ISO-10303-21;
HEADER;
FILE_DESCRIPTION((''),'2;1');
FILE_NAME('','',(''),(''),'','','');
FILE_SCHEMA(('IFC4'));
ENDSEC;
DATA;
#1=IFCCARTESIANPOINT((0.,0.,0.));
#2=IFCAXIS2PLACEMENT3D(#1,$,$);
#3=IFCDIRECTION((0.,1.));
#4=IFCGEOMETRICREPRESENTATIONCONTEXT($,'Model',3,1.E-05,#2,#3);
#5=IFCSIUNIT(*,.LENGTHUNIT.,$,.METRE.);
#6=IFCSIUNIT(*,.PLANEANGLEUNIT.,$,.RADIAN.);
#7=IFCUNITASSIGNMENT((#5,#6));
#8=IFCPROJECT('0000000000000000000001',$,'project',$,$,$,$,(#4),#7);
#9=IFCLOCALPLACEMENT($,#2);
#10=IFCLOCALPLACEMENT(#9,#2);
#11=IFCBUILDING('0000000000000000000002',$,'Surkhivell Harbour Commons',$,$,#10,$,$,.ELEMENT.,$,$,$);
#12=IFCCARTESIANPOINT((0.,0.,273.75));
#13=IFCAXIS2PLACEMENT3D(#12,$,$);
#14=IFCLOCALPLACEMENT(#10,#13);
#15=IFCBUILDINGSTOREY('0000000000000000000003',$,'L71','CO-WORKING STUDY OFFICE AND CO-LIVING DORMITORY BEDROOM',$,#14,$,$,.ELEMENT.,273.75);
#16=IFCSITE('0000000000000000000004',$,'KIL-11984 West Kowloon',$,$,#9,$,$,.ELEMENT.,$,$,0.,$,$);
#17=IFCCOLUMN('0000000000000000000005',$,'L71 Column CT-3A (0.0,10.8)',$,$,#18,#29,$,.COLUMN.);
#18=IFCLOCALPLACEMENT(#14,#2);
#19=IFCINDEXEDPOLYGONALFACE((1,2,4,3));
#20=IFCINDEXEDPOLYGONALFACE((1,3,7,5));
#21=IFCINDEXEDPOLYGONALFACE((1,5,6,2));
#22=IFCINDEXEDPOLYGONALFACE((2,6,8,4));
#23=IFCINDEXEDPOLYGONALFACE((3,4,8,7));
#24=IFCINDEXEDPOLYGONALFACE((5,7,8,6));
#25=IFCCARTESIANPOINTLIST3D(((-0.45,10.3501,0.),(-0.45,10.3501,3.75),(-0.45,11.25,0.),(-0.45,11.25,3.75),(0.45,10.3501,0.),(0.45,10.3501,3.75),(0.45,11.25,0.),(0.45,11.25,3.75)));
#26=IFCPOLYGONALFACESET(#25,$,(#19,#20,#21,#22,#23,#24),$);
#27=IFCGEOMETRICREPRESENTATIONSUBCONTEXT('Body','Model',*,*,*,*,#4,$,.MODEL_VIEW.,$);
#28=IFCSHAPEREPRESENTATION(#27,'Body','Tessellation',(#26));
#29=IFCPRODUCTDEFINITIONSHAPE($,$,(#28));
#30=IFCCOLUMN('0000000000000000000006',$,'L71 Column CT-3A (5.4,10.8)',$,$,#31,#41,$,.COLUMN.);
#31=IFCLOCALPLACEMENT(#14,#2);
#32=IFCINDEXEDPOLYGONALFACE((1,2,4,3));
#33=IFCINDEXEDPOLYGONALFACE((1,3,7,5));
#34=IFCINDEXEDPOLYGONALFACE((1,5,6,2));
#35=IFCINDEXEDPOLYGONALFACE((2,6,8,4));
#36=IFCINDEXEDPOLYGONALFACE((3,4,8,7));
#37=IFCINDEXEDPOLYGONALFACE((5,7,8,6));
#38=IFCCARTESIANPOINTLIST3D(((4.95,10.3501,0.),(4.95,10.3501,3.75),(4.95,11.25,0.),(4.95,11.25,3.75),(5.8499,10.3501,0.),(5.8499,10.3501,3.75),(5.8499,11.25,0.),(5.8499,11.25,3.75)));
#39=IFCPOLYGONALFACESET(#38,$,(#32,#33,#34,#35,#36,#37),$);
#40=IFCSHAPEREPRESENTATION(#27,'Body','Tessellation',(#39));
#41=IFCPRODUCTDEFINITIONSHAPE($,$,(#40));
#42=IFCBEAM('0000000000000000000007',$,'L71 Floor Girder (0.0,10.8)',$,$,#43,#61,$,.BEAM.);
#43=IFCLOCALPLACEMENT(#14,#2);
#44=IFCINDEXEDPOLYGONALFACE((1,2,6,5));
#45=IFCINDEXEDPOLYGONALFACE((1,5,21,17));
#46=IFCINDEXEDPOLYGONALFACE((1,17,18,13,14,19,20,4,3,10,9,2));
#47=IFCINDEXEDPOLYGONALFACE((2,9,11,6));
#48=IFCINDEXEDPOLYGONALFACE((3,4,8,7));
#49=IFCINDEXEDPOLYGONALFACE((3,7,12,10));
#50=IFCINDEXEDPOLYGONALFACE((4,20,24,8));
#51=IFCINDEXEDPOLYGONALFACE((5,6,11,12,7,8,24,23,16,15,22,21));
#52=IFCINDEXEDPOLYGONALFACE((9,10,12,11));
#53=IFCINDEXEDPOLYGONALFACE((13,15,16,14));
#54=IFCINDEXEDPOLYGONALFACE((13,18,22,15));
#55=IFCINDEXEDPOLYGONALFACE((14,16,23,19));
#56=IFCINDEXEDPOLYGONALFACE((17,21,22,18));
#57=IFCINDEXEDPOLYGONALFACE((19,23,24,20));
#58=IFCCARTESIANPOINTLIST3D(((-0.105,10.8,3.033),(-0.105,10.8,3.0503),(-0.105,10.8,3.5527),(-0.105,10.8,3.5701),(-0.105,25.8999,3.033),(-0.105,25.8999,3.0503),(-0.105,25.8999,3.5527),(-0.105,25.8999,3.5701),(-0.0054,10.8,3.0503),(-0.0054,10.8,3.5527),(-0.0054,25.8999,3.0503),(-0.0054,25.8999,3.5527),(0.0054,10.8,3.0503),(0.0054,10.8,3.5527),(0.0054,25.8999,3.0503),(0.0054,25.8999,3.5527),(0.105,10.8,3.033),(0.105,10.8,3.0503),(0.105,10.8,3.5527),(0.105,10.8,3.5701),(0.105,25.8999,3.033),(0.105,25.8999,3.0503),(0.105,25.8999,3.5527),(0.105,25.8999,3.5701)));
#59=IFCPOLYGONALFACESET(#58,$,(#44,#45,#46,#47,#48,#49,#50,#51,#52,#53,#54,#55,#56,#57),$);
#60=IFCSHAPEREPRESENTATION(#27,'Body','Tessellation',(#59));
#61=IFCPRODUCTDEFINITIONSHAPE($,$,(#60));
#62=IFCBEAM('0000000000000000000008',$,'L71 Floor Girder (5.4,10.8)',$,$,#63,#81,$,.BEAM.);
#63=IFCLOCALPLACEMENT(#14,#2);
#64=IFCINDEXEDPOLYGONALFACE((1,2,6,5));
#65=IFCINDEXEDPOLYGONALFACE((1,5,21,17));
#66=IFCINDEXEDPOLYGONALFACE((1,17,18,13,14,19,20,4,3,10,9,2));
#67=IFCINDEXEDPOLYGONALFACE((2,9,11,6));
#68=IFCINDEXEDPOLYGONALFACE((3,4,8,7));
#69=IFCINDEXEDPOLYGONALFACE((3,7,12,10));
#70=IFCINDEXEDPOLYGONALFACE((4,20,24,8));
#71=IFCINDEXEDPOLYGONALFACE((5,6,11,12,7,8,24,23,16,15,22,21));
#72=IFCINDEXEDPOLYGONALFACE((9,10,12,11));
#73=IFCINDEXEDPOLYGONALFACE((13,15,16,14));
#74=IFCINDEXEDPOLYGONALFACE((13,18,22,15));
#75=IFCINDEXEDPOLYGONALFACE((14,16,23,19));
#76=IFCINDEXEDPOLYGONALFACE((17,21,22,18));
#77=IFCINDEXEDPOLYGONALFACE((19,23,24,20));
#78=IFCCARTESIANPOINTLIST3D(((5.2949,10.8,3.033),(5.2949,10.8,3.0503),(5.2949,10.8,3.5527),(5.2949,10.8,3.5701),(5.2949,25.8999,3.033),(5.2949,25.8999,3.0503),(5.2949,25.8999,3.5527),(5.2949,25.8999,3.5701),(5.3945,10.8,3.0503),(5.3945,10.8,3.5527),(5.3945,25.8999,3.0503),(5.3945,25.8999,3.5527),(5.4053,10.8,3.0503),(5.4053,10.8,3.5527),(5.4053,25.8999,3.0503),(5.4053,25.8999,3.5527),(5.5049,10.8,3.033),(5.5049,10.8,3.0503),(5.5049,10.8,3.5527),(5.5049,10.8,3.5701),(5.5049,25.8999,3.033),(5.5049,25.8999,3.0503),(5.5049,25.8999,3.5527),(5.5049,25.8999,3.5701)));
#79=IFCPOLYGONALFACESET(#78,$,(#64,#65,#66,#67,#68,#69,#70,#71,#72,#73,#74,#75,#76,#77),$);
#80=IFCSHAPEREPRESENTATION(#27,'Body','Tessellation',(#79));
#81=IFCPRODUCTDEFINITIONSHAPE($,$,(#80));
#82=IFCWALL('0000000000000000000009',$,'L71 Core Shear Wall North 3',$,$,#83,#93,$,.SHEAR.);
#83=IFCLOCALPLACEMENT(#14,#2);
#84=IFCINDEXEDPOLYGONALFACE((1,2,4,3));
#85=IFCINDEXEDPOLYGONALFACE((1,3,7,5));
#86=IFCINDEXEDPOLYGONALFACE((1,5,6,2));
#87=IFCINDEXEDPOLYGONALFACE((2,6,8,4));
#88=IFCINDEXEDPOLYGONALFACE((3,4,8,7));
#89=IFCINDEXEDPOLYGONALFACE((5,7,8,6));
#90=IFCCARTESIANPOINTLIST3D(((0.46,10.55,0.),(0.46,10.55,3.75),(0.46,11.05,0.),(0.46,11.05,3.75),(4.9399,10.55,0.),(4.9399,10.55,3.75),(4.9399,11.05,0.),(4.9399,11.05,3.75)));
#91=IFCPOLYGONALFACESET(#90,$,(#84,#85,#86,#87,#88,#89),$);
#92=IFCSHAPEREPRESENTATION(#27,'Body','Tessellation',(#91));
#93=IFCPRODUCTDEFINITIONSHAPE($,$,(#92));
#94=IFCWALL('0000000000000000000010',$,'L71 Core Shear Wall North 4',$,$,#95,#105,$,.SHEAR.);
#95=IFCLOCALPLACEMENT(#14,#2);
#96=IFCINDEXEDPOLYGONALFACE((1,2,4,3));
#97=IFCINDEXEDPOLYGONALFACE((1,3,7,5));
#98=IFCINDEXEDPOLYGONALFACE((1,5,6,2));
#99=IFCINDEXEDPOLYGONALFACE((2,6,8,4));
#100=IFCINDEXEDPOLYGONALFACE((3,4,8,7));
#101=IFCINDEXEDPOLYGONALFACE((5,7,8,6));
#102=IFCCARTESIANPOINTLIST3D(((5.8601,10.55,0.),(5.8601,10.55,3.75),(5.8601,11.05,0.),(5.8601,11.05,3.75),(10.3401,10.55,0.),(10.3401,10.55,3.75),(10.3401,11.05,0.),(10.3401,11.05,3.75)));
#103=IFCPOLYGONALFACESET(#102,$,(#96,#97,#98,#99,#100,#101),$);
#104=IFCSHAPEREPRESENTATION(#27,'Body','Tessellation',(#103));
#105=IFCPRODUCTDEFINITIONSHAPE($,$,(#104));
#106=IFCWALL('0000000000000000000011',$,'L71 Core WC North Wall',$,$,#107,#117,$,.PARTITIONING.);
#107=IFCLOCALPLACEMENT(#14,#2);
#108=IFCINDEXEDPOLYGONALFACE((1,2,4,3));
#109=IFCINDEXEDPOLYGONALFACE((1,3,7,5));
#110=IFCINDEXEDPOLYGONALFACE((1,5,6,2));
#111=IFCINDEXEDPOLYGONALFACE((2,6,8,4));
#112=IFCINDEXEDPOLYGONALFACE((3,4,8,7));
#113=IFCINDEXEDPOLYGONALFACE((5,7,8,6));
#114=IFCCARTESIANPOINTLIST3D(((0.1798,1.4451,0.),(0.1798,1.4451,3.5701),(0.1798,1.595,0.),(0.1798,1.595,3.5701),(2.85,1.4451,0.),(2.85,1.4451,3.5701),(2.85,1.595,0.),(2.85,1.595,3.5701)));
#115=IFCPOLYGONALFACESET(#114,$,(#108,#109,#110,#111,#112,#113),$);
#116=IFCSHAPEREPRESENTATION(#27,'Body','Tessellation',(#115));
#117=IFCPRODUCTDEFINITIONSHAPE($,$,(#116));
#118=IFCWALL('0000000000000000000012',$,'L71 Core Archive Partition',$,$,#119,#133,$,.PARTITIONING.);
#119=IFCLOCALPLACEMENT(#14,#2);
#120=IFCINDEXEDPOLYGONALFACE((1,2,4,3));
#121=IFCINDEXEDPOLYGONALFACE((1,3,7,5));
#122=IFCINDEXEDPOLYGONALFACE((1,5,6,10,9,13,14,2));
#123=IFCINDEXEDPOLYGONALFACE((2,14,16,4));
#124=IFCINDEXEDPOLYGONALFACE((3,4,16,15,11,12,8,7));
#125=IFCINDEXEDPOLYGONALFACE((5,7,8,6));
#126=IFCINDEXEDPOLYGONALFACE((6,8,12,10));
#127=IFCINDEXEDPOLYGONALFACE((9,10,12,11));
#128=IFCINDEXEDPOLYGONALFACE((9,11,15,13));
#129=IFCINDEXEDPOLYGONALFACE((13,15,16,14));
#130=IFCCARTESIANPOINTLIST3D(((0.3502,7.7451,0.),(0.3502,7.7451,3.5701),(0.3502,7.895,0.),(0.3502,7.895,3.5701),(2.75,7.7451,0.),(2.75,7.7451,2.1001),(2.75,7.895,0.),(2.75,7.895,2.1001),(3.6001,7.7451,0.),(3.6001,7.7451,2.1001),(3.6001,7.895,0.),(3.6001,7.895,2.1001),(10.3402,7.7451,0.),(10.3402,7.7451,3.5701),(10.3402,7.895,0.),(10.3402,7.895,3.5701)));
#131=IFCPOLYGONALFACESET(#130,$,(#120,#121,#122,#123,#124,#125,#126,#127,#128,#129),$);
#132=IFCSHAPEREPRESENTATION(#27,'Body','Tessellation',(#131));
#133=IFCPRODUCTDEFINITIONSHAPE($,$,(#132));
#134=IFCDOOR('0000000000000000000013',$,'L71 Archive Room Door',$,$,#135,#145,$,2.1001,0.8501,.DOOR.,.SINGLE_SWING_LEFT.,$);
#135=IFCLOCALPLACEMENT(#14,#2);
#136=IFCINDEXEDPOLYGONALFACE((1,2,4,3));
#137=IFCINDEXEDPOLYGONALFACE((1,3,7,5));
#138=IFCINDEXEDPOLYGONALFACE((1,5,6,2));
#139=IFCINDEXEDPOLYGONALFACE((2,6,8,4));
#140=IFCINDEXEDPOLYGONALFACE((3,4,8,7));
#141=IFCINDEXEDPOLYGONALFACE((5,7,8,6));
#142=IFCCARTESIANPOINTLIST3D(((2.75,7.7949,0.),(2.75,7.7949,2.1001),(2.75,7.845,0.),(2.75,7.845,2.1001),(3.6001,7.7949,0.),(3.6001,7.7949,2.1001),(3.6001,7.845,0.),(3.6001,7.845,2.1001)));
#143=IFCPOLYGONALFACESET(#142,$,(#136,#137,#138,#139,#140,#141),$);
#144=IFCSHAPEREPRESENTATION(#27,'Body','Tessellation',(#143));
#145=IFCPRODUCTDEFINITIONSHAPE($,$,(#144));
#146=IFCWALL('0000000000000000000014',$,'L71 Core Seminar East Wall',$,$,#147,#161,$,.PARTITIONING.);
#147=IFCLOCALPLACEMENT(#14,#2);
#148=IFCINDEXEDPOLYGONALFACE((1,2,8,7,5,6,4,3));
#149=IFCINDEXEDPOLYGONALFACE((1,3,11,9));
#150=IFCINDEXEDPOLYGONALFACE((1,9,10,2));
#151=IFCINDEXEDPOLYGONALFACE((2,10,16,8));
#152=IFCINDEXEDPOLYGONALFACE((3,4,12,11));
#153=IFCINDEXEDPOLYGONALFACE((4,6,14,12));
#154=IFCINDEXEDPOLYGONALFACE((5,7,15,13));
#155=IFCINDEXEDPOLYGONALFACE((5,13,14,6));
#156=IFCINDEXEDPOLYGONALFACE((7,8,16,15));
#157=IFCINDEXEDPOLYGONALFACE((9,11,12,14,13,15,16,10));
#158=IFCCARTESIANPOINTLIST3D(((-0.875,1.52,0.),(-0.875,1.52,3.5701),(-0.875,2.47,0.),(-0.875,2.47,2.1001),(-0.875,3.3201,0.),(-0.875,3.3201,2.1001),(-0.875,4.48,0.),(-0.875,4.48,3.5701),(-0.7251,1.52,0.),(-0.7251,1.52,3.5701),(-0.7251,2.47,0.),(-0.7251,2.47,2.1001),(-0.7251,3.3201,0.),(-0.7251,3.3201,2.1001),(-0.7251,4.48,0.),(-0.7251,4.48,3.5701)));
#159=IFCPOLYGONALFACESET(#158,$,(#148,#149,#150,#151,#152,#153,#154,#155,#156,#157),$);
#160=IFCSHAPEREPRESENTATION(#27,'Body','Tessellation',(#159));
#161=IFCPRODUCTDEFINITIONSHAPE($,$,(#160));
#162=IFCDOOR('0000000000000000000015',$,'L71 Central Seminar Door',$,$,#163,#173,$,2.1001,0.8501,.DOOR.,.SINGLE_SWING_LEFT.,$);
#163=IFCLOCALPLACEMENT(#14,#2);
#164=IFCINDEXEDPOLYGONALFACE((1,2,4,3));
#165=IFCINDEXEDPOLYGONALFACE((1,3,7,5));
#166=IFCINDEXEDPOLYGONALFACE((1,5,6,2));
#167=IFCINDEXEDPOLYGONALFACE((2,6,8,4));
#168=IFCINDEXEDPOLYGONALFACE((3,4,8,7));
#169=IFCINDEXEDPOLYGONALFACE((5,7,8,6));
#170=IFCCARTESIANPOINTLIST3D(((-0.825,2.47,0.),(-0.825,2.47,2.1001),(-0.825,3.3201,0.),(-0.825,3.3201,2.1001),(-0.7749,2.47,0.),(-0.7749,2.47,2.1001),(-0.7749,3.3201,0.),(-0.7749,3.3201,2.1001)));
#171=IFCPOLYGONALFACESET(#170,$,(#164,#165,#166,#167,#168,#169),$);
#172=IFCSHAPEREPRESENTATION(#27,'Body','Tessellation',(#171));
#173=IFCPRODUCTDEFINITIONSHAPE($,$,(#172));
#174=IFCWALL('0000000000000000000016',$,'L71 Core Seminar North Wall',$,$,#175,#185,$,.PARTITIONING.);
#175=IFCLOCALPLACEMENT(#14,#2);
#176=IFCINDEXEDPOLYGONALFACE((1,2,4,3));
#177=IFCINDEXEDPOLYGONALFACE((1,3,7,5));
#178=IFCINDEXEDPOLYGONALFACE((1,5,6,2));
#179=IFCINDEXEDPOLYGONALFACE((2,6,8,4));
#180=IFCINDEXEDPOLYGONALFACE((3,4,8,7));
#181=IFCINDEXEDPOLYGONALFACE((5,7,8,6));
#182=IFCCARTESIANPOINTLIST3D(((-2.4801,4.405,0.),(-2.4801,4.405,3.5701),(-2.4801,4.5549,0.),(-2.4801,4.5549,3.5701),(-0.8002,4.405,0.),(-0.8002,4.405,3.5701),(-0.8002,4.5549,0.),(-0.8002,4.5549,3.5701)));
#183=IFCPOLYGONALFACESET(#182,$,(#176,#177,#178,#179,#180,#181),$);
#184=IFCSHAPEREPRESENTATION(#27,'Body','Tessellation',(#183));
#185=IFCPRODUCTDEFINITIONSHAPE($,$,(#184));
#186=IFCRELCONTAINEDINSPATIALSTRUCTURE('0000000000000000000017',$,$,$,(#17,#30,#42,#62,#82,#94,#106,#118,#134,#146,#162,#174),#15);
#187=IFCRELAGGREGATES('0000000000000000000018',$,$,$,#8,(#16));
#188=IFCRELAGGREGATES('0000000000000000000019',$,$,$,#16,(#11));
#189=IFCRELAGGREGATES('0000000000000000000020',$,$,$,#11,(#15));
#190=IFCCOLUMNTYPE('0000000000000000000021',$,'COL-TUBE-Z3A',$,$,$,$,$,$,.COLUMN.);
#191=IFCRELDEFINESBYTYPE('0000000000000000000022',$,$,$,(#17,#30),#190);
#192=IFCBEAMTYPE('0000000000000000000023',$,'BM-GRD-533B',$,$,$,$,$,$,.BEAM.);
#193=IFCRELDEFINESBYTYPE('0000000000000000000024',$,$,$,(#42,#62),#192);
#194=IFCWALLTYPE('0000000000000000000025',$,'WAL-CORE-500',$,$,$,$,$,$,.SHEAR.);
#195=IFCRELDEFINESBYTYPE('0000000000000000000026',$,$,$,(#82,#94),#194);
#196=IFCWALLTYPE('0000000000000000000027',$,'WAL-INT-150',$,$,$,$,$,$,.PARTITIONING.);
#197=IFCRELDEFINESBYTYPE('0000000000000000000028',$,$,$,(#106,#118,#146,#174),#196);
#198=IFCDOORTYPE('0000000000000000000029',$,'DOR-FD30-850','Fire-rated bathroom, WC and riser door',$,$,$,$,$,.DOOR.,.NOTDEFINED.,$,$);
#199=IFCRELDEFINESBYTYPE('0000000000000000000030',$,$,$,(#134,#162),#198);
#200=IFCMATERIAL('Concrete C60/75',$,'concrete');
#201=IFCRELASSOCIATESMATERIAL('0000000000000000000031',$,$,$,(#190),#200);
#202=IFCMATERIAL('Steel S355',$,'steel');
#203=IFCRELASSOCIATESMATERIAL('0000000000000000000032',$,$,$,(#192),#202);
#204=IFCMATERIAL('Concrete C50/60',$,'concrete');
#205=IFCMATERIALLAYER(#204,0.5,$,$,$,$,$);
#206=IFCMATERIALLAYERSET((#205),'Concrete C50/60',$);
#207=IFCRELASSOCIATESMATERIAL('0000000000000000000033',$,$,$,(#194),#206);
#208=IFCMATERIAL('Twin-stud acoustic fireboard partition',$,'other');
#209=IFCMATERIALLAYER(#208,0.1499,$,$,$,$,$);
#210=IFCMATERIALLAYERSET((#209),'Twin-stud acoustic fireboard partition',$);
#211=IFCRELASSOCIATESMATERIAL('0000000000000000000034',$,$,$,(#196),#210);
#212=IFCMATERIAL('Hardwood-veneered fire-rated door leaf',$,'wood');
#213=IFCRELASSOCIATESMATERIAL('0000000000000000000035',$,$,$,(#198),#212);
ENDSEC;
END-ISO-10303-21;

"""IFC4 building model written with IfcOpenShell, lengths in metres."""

from ifc_helpers import new_model, si_unit, direction, frame, frame_2d, origin, origin_2d, place, context, subcontext, project, spatial, rectangle, i_section, extrude, material, layer, layer_set, material_profile, profile_set, type_object, element, fill, save


model = new_model("IFC4")

# Units and contexts
model_context = context("Model", 3, precision=1e-05, world=origin(), true_north=direction((0.0, 1.0)))
body_context = subcontext(model_context, "Body", "Model", "MODEL_VIEW")
ifc_project = project(units=[si_unit("LENGTHUNIT", "METRE"), si_unit("PLANEANGLEUNIT", "RADIAN")], contexts=[model_context])

# Site, building, storey
site_placement = place(None, origin())
site = spatial("IfcSite", under=ifc_project, at=site_placement, Name="KIL-11984 West Kowloon", CompositionType="ELEMENT", RefElevation=0.0)
building_placement = place(site_placement, origin())
building = spatial("IfcBuilding", under=site, at=building_placement, Name="Surkhivell Harbour Commons", CompositionType="ELEMENT")
storey_placement = place(building_placement, frame((0.0, 0.0, 273.75)))
storey = spatial("IfcBuildingStorey", under=building, at=storey_placement, Name="L71", Description="CO-WORKING STUDY OFFICE AND CO-LIVING DORMITORY BEDROOM", CompositionType="ELEMENT", Elevation=273.75)

# Columns
ifc_material_1 = material(Name="Concrete C60/75", Category="concrete")
ifc_material_profile_1 = material_profile(ifc_material_1, rectangle(XDim=0.8999, YDim=0.8999, at=origin_2d()), Name="RC-COL-900x900")
ifc_profile_set_1 = profile_set([ifc_material_profile_1], Name="Concrete C60/75")
column_type = type_object("IfcColumnType", Name="COL-TUBE-Z3A", PredefinedType="COLUMN", material=ifc_profile_set_1)
for number, where, z_axis, x_axis, name in (
    (1, (0.0, 10.8, 0.0), (0.0, 0.0, 1.0), (1.0, 0.0, 0.0), "L71 Column CT-3A (0.0,10.8)"),
    (2, (5.3999, 10.8, 0.0), (0.0, 0.0, 1.0), (1.0, 0.0, 0.0), "L71 Column CT-3A (5.4,10.8)"),
):
    element("IfcColumn", number, at=place(storey_placement, frame(where, z_axis=z_axis, x_axis=x_axis)), inside=storey, type_object=column_type, Name=name, PredefinedType="COLUMN", context=body_context, shape_type="SweptSolid", body=[
        extrude(rectangle(XDim=0.8999, YDim=0.8999, at=origin_2d()), origin(), (0.0, 0.0, 1.0), 3.75),
    ])

# Beams
ifc_material_2 = material(Name="Steel S355", Category="steel")
ifc_material_profile_2 = material_profile(ifc_material_2, i_section(OverallWidth=0.21, OverallDepth=0.5371, WebThickness=0.0107, FlangeThickness=0.0173, at=origin_2d()), Name="UB533x210x101")
ifc_profile_set_2 = profile_set([ifc_material_profile_2], Name="Steel S355")
beam_type = type_object("IfcBeamType", Name="BM-GRD-533B", PredefinedType="BEAM", material=ifc_profile_set_2)
for number, where, z_axis, x_axis, name in (
    (3, (0.0, 10.8, 3.3015), (0.0, 1.0, 0.0), (-1.0, 0.0, 0.0), "L71 Floor Girder (0.0,10.8)"),
    (4, (5.3999, 10.8, 3.3015), (0.0, 1.0, 0.0), (-1.0, 0.0, 0.0), "L71 Floor Girder (5.4,10.8)"),
):
    element("IfcBeam", number, at=place(storey_placement, frame(where, z_axis=z_axis, x_axis=x_axis)), inside=storey, type_object=beam_type, Name=name, PredefinedType="BEAM", context=body_context, shape_type="SweptSolid", body=[
        extrude(i_section(OverallWidth=0.21, OverallDepth=0.5371, WebThickness=0.0107, FlangeThickness=0.0173, at=origin_2d()), origin(), (0.0, 0.0, 1.0), 15.0999),
    ])

# Walls
ifc_material_3 = material(Name="Concrete C50/60", Category="concrete")
ifc_layer_1 = layer(ifc_material_3, 0.5)
ifc_layer_set_1 = layer_set([ifc_layer_1], Name="Concrete C50/60")
wall_type_1 = type_object("IfcWallType", Name="WAL-CORE-500", PredefinedType="SHEAR", material=ifc_layer_set_1)
for number, where, z_axis, x_axis, name in (
    (5, (0.46, 10.8, 0.0), (0.0, 0.0, 1.0), (1.0, 0.0, 0.0), "L71 Core Shear Wall North 3"),
    (6, (5.8601, 10.8, 0.0), (0.0, 0.0, 1.0), (1.0, 0.0, 0.0), "L71 Core Shear Wall North 4"),
):
    element("IfcWall", number, at=place(storey_placement, frame(where, z_axis=z_axis, x_axis=x_axis)), inside=storey, type_object=wall_type_1, Name=name, PredefinedType="SHEAR", context=body_context, shape_type="SweptSolid", body=[
        extrude(rectangle(XDim=4.48, YDim=0.5, at=frame_2d((2.24, 0.0))), origin(), (0.0, 0.0, 1.0), 3.75),
    ])
ifc_material_4 = material(Name="Twin-stud acoustic fireboard partition", Category="other")
ifc_layer_2 = layer(ifc_material_4, 0.1499)
ifc_layer_set_2 = layer_set([ifc_layer_2], Name="Twin-stud acoustic fireboard partition")
wall_type_2 = type_object("IfcWallType", Name="WAL-INT-150", PredefinedType="PARTITIONING", material=ifc_layer_set_2)
wall_1_placement = place(storey_placement, frame((0.1799, 1.52, 0.0), z_axis=(0.0, 0.0, 1.0), x_axis=(1.0, 0.0, 0.0)))
element("IfcWall", 7, at=wall_1_placement, inside=storey, type_object=wall_type_2, Name="L71 Core WC North Wall", PredefinedType="PARTITIONING", context=body_context, shape_type="SweptSolid", body=[
    extrude(rectangle(XDim=2.6702, YDim=0.1499, at=frame_2d((1.335, 0.0))), origin(), (0.0, 0.0, 1.0), 3.5701),
])

# Walls, openings, doors
wall_2_placement = place(storey_placement, frame((0.3501, 7.8201, 0.0), z_axis=(0.0, 0.0, 1.0), x_axis=(1.0, 0.0, 0.0)))
wall_2 = element("IfcWall", 8, at=wall_2_placement, inside=storey, type_object=wall_type_2, Name="L71 Core Archive Partition", PredefinedType="PARTITIONING", context=body_context, shape_type="SweptSolid", body=[
    extrude(rectangle(XDim=9.99, YDim=0.1499, at=frame_2d((4.9951, 0.0))), origin(), (0.0, 0.0, 1.0), 3.5701),
])
opening_1_placement = place(wall_2_placement, frame((2.3999, 0.0, 0.0)))
opening_1 = element("IfcOpeningElement", 9, at=opening_1_placement, cuts=wall_2, PredefinedType="OPENING", context=body_context, shape_type="SweptSolid", body=[
    extrude(rectangle(XDim=0.8501, YDim=2.1001, at=frame_2d((0.425, 1.05))), frame((0.0, 0.085, 0.0), z_axis=(0.0, -1.0, 0.0), x_axis=(1.0, 0.0, 0.0)), (0.0, 0.0, 1.0), 0.1699),
])
ifc_material_5 = material(Name="Hardwood-veneered fire-rated door leaf", Category="wood")
door_type_1 = type_object("IfcDoorType", Name="DOR-FD30-850", Description="Fire-rated bathroom, WC and riser door", OperationType="NOTDEFINED", PredefinedType="DOOR", material=ifc_material_5)
door_1_placement = place(opening_1_placement, origin())
door_1 = element("IfcDoor", 10, at=door_1_placement, inside=storey, type_object=door_type_1, Name="L71 Archive Room Door", OperationType="SINGLE_SWING_LEFT", OverallHeight=2.1001, OverallWidth=0.8501, PredefinedType="DOOR", context=body_context, shape_type="SweptSolid", body=[
    extrude(rectangle(XDim=0.8501, YDim=2.1001, at=frame_2d((0.425, 1.05))), frame((0.0, 0.0249, 0.0), z_axis=(0.0, -1.0, 0.0), x_axis=(1.0, 0.0, 0.0)), (0.0, 0.0, 1.0), 0.05),
])
fill(opening_1, door_1)
wall_3_placement = place(storey_placement, frame((-0.8, 1.52, 0.0), z_axis=(0.0, 0.0, 1.0), x_axis=(0.0, 1.0, 0.0)))
wall_3 = element("IfcWall", 11, at=wall_3_placement, inside=storey, type_object=wall_type_2, Name="L71 Core Seminar East Wall", PredefinedType="PARTITIONING", context=body_context, shape_type="SweptSolid", body=[
    extrude(rectangle(XDim=2.96, YDim=0.1499, at=frame_2d((1.48, 0.0))), origin(), (0.0, 0.0, 1.0), 3.5701),
])
opening_2_placement = place(wall_3_placement, frame((0.95, 0.0, 0.0)))
opening_2 = element("IfcOpeningElement", 12, at=opening_2_placement, cuts=wall_3, PredefinedType="OPENING", context=body_context, shape_type="SweptSolid", body=[
    extrude(rectangle(XDim=0.8501, YDim=2.1001, at=frame_2d((0.425, 1.05))), frame((0.0, 0.085, 0.0), z_axis=(0.0, -1.0, 0.0), x_axis=(1.0, 0.0, 0.0)), (0.0, 0.0, 1.0), 0.1699),
])
door_2_placement = place(opening_2_placement, origin())
door_2 = element("IfcDoor", 13, at=door_2_placement, inside=storey, type_object=door_type_1, Name="L71 Central Seminar Door", OperationType="SINGLE_SWING_LEFT", OverallHeight=2.1001, OverallWidth=0.8501, PredefinedType="DOOR", context=body_context, shape_type="SweptSolid", body=[
    extrude(rectangle(XDim=0.8501, YDim=2.1001, at=frame_2d((0.425, 1.05))), frame((0.0, 0.0249, 0.0), z_axis=(0.0, -1.0, 0.0), x_axis=(1.0, 0.0, 0.0)), (0.0, 0.0, 1.0), 0.05),
])
fill(opening_2, door_2)

# Wall
for number, where, z_axis, x_axis, name in (
    (14, (-2.48, 4.48, 0.0), (0.0, 0.0, 1.0), (1.0, 0.0, 0.0), "L71 Core Seminar North Wall"),
):
    element("IfcWall", number, at=place(storey_placement, frame(where, z_axis=z_axis, x_axis=x_axis)), inside=storey, type_object=wall_type_2, Name=name, PredefinedType="PARTITIONING", context=body_context, shape_type="SweptSolid", body=[
        extrude(rectangle(XDim=1.6799, YDim=0.1499, at=frame_2d((0.8398, 0.0))), origin(), (0.0, 0.0, 1.0), 3.5701),
    ])

save(model, "model.ifc")
